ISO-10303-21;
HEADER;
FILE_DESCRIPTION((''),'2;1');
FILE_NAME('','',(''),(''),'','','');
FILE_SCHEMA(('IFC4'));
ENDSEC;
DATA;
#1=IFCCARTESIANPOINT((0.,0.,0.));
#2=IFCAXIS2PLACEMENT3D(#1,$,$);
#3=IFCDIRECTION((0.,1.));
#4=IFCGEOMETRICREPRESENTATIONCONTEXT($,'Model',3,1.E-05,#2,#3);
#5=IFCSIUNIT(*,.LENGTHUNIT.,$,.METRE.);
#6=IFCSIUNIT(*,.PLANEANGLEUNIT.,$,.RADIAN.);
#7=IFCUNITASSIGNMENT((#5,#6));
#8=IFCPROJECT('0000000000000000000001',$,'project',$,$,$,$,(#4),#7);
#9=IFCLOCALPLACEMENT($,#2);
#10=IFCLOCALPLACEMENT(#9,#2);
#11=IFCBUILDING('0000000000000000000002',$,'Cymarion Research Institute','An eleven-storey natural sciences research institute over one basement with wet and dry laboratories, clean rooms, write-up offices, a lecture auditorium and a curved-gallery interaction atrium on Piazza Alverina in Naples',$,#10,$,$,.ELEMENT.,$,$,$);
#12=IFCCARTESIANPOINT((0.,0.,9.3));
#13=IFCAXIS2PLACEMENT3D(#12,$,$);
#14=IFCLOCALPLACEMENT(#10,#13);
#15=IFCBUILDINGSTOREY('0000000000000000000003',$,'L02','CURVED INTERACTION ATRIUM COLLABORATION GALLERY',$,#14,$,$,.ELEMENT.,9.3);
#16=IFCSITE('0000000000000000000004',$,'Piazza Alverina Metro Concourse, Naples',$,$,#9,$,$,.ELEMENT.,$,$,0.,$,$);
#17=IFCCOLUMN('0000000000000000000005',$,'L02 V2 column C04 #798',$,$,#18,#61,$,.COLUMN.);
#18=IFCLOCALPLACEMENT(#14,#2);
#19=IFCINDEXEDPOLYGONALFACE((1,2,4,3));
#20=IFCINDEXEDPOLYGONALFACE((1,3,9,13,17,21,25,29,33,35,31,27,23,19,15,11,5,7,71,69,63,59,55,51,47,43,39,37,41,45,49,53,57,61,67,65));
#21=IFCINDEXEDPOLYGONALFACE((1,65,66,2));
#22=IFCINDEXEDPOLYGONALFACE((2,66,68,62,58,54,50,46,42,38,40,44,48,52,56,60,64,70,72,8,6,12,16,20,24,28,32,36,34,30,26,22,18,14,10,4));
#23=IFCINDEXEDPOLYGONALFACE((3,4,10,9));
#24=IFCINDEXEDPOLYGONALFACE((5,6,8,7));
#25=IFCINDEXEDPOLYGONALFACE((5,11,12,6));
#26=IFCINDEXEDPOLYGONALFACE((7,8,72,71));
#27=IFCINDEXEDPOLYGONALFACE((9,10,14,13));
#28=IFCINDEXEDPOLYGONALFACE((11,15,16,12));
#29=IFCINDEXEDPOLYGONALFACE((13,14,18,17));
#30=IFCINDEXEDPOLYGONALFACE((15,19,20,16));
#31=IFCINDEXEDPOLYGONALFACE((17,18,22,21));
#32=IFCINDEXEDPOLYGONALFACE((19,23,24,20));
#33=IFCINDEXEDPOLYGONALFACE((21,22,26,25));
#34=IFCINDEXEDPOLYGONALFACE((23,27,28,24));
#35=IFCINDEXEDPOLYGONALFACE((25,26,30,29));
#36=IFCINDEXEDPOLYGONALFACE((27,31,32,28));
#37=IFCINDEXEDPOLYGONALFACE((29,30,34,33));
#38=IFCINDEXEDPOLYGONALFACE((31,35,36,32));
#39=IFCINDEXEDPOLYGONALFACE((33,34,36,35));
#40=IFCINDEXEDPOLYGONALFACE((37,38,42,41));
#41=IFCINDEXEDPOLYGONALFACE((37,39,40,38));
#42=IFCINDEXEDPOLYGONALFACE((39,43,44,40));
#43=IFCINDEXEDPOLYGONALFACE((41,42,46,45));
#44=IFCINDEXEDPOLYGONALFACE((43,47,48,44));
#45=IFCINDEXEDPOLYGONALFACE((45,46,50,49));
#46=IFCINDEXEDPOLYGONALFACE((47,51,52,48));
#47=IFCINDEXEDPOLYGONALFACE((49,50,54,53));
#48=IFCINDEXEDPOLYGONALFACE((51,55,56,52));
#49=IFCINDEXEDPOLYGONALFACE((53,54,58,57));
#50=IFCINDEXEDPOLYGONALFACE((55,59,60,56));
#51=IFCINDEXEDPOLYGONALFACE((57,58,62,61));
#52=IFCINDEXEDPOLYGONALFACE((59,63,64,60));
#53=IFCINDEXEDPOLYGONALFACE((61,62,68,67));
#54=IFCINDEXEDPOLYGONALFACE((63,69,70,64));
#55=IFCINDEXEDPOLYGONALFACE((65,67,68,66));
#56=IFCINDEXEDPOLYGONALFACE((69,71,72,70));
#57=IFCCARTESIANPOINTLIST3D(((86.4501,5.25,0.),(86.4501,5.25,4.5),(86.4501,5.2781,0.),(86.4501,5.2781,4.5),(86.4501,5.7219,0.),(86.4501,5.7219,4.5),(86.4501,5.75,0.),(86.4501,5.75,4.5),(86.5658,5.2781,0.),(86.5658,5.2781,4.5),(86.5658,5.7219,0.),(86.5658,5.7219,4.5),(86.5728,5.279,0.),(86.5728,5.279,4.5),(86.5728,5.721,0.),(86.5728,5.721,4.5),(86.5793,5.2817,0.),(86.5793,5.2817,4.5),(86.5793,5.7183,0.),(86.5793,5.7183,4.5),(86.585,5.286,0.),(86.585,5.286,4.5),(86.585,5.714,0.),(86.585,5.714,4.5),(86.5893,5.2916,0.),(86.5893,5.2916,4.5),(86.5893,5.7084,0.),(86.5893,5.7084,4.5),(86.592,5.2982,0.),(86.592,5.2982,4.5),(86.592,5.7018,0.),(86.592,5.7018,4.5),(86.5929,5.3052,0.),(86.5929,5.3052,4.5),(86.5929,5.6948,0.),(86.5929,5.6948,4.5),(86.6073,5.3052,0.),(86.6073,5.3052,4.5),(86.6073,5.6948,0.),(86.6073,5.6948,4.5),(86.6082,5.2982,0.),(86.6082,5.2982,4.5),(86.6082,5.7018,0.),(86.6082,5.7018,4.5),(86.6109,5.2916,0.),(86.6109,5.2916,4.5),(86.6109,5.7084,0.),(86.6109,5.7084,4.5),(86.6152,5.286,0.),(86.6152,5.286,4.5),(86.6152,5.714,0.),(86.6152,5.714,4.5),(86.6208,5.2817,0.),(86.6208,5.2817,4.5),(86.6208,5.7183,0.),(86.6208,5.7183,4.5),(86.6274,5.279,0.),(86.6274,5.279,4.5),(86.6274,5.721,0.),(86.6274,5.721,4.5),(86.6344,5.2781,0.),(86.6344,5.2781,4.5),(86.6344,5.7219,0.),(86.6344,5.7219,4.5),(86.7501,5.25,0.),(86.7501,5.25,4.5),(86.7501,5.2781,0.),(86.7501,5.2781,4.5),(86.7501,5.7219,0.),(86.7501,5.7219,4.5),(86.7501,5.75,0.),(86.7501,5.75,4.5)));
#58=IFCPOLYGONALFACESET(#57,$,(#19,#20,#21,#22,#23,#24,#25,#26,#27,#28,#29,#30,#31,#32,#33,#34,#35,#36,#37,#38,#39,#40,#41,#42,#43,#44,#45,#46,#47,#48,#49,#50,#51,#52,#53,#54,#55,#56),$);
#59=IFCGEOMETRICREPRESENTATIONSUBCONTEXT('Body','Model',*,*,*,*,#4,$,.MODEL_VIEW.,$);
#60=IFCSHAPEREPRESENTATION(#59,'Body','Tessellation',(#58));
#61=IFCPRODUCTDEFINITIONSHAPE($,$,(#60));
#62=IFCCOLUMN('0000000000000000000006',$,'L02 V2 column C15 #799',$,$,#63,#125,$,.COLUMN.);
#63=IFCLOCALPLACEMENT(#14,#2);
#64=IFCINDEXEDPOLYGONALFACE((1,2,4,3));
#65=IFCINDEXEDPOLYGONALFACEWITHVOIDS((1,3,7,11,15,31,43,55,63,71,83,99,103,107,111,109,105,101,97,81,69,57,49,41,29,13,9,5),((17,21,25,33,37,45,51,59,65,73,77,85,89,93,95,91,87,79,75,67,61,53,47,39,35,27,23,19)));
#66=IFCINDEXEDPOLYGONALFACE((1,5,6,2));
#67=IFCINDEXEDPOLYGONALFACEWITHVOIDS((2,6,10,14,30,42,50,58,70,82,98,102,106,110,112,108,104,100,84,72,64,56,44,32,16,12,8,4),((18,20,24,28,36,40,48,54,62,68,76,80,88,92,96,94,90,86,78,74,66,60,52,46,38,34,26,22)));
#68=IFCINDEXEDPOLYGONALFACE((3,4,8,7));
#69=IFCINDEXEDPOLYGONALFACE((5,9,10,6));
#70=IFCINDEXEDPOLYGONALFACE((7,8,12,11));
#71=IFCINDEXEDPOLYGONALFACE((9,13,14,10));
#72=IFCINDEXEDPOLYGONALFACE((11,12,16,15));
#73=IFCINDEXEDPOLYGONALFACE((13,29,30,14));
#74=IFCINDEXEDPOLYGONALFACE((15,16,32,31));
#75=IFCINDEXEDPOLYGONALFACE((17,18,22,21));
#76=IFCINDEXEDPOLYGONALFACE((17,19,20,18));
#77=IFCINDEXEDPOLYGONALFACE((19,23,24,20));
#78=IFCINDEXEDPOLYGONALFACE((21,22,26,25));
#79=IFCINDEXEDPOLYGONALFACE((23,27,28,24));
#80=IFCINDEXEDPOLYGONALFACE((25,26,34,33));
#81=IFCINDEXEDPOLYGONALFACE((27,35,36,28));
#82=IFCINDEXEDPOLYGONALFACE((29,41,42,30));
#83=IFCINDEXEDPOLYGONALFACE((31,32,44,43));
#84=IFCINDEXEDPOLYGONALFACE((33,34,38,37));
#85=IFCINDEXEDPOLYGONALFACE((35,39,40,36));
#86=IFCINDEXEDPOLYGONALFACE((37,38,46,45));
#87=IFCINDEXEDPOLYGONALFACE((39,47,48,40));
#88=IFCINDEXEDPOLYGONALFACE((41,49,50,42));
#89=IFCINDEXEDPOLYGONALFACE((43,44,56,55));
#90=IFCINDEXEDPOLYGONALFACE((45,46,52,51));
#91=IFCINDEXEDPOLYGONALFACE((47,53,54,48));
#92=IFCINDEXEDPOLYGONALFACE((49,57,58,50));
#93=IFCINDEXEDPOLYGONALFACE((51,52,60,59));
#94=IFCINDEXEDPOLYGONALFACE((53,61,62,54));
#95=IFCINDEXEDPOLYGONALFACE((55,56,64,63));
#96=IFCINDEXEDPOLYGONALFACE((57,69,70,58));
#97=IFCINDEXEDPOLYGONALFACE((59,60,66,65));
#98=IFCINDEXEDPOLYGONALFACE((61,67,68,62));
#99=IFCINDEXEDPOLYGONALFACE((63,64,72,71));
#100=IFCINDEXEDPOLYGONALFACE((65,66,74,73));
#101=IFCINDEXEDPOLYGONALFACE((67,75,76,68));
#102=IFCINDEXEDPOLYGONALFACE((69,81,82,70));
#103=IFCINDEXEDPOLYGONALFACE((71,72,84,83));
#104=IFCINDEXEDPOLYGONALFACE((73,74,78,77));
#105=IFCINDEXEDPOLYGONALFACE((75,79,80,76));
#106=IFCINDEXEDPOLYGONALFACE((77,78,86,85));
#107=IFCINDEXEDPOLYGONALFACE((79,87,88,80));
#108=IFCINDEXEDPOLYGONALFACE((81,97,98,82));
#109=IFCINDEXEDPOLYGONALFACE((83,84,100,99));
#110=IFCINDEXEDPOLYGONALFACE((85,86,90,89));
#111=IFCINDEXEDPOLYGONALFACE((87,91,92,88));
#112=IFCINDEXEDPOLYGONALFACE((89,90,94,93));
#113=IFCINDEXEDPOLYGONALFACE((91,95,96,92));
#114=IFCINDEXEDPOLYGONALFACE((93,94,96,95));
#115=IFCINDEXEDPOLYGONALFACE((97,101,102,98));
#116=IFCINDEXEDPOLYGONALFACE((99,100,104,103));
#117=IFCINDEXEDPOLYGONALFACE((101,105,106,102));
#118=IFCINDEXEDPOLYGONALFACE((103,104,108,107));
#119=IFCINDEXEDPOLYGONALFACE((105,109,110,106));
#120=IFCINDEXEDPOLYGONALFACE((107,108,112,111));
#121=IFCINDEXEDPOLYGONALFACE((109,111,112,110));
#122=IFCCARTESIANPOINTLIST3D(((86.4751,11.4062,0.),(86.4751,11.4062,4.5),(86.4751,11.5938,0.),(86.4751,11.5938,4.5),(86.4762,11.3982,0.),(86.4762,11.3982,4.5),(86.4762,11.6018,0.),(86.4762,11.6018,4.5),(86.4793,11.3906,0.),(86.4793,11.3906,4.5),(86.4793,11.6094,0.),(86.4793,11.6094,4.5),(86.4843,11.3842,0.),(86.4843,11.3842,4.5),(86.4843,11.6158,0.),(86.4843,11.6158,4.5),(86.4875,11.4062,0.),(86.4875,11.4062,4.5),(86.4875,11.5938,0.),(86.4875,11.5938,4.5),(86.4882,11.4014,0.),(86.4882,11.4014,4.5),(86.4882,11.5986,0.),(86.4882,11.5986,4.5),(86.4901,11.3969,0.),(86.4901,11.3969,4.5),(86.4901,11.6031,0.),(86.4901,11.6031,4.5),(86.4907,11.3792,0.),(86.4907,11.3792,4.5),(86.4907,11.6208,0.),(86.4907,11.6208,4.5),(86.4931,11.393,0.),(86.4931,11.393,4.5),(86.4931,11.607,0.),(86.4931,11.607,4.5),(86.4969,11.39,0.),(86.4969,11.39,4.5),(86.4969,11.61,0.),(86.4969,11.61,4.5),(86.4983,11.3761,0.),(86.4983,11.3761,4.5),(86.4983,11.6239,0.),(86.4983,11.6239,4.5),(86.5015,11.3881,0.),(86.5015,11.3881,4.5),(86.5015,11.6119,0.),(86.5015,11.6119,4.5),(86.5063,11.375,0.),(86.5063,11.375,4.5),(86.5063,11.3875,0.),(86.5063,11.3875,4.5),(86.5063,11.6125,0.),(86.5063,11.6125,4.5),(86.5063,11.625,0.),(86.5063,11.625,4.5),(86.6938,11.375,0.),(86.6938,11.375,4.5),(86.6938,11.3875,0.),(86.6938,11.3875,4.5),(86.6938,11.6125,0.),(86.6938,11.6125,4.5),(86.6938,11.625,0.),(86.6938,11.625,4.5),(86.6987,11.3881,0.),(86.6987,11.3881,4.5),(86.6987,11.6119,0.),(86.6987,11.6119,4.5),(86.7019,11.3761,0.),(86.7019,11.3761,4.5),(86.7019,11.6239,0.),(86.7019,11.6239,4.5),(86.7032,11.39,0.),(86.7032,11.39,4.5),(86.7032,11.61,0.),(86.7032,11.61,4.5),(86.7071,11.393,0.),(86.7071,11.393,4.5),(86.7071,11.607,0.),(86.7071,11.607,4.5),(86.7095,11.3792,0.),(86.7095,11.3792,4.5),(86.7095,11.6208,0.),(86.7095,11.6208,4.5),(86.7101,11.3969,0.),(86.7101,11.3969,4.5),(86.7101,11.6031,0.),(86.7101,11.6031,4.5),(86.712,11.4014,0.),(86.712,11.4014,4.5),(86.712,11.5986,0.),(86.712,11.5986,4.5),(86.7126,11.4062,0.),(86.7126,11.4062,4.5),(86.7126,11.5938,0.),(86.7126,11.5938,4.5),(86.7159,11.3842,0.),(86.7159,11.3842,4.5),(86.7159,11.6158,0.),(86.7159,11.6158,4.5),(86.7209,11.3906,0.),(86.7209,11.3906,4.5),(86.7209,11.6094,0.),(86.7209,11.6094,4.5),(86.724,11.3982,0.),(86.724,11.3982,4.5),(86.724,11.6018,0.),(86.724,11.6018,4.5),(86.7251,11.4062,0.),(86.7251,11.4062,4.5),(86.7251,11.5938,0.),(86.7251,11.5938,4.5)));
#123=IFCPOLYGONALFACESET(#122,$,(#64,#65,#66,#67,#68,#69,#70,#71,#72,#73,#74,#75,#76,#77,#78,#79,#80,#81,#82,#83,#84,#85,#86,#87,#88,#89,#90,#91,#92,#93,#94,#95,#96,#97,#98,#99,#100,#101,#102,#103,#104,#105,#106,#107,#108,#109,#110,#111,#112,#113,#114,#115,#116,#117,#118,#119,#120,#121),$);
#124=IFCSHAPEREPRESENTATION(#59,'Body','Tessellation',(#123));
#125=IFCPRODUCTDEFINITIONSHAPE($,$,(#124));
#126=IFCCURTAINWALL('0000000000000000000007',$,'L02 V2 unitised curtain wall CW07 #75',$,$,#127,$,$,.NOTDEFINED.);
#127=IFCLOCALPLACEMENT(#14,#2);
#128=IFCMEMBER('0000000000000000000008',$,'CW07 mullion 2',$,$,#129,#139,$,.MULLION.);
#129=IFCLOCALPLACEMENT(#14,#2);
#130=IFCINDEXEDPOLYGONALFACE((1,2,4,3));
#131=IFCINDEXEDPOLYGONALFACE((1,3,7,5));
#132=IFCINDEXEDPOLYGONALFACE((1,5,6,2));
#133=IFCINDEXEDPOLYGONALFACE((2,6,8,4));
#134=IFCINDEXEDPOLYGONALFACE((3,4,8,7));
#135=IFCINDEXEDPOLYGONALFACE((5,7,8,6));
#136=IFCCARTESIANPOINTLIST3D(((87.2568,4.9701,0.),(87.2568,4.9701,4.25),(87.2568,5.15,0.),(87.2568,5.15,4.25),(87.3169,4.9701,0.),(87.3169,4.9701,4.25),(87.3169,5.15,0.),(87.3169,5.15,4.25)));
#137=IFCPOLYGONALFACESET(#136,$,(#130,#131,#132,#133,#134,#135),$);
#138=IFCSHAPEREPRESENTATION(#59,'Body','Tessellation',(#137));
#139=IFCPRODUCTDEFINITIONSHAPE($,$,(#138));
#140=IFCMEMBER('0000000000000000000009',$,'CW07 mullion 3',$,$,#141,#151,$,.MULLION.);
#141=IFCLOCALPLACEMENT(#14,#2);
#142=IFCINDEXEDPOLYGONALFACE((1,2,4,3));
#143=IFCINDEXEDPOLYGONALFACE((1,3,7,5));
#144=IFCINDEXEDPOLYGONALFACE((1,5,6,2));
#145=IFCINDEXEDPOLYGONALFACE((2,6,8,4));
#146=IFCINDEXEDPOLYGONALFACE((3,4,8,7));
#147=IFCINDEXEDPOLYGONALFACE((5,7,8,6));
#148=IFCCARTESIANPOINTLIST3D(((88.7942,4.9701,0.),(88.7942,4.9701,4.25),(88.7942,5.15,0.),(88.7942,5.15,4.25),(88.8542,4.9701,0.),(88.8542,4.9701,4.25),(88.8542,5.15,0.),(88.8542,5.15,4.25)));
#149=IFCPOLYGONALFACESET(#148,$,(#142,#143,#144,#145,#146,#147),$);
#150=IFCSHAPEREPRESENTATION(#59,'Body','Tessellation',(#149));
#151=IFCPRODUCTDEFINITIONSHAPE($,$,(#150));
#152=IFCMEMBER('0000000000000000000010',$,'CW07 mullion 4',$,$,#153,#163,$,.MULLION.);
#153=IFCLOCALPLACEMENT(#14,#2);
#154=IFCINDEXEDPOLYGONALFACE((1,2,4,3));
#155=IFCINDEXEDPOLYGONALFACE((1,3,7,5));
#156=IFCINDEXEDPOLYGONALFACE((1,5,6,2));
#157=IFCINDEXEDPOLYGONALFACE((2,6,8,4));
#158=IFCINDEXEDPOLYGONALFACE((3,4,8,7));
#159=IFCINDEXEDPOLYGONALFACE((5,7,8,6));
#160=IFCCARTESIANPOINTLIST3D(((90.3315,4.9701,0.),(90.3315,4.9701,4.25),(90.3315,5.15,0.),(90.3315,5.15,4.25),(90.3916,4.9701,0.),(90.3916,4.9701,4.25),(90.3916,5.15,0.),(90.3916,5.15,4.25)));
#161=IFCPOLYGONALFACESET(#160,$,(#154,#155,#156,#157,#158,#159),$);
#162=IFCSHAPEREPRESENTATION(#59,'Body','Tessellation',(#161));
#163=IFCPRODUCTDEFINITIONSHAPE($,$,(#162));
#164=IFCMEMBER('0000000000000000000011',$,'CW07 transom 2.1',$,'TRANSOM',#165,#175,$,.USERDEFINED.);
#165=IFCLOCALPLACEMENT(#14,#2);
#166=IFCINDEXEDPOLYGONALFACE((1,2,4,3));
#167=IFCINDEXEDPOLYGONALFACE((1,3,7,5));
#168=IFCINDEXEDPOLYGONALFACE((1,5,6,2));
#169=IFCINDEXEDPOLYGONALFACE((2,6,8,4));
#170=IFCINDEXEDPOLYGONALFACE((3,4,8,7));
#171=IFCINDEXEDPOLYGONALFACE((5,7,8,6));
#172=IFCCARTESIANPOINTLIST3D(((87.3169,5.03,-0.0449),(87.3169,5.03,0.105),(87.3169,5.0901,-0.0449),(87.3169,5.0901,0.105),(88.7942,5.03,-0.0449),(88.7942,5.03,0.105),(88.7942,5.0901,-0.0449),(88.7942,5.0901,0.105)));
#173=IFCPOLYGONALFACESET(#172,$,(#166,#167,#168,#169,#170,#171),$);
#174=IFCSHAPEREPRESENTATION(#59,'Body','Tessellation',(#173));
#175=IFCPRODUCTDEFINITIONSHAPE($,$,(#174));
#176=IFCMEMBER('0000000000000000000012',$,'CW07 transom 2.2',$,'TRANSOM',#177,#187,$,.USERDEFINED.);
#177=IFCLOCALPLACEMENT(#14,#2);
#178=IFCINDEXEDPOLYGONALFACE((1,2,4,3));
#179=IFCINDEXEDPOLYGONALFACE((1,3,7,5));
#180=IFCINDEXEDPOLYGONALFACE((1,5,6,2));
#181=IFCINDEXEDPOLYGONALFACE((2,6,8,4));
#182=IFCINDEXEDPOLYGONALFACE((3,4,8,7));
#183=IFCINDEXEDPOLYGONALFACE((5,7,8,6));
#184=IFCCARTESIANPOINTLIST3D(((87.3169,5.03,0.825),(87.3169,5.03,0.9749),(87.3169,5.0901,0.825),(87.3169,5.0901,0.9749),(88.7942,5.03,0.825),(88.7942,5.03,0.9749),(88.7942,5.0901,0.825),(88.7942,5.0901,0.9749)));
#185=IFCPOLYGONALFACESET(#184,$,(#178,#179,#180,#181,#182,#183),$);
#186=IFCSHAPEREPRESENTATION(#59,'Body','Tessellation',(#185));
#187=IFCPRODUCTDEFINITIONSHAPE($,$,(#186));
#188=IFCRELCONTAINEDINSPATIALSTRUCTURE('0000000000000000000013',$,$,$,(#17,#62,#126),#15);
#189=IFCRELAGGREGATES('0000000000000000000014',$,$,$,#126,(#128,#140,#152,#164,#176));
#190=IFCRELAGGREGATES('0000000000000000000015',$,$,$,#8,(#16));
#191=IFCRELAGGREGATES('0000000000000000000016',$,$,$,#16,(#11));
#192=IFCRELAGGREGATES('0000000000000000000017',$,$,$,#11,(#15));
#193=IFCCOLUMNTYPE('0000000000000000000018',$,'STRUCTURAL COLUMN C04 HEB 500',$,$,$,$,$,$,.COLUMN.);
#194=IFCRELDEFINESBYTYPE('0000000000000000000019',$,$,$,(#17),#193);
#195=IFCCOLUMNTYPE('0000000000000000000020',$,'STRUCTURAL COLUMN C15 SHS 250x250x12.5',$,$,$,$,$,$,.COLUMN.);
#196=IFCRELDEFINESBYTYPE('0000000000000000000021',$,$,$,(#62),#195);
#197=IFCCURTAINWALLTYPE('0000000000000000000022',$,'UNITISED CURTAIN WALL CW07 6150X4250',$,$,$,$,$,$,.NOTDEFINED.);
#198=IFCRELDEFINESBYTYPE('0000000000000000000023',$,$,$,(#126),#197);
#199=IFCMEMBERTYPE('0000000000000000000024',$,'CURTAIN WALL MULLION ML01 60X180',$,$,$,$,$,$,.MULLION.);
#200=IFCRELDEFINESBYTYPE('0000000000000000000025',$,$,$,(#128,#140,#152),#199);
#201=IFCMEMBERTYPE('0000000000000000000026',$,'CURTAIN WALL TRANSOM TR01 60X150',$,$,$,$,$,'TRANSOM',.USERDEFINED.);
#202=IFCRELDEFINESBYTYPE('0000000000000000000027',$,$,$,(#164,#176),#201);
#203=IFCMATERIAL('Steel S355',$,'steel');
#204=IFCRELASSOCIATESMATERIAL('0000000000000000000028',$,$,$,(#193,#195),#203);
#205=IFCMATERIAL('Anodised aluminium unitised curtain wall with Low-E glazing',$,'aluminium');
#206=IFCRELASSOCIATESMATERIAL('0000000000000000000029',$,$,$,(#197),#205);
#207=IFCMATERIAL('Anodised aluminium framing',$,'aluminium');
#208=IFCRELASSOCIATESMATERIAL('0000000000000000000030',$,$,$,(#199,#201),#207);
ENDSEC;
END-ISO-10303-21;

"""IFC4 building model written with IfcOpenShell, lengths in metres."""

from ifc_helpers import new_model, si_unit, direction, frame, origin, origin_2d, place, context, subcontext, project, spatial, rectangle, hollow_rectangle, i_section, extrude, material, material_profile, profile_set, type_object, element, aggregate, save


model = new_model("IFC4")

# Units and contexts
model_context = context("Model", 3, precision=1e-05, world=origin(), true_north=direction((0.0, 1.0)))
body_context = subcontext(model_context, "Body", "Model", "MODEL_VIEW")
ifc_project = project(units=[si_unit("LENGTHUNIT", "METRE"), si_unit("PLANEANGLEUNIT", "RADIAN")], contexts=[model_context])

# Site, building, storey
site_placement = place(None, origin())
site = spatial("IfcSite", under=ifc_project, at=site_placement, Name="Piazza Alverina Metro Concourse, Naples", CompositionType="ELEMENT", RefElevation=0.0)
building_placement = place(site_placement, origin())
building = spatial("IfcBuilding", under=site, at=building_placement, Name="Cymarion Research Institute", Description="An eleven-storey natural sciences research institute over one basement with wet and dry laboratories, clean rooms, write-up offices, a lecture auditorium and a curved-gallery interaction atrium on Piazza Alverina in Naples", CompositionType="ELEMENT")
storey_placement = place(building_placement, frame((0.0, 0.0, 9.3)))
storey = spatial("IfcBuildingStorey", under=building, at=storey_placement, Name="L02", Description="CURVED INTERACTION ATRIUM COLLABORATION GALLERY", CompositionType="ELEMENT", Elevation=9.3)

# Columns
ifc_material_1 = material(Name="Steel S355", Category="steel")
ifc_material_profile_1 = material_profile(ifc_material_1, i_section(OverallWidth=0.3, OverallDepth=0.5, WebThickness=0.0144, FlangeThickness=0.0281, FilletRadius=0.0271, at=origin_2d()), Name="HEB 500")
ifc_profile_set_1 = profile_set([ifc_material_profile_1], Name="Steel S355")
column_type_1 = type_object("IfcColumnType", Name="STRUCTURAL COLUMN C04 HEB 500", PredefinedType="COLUMN", material=ifc_profile_set_1)
column_1_placement = place(storey_placement, frame((86.6001, 5.5, 0.0), z_axis=(0.0, 0.0, 1.0), x_axis=(1.0, 0.0, 0.0)))
element("IfcColumn", 1, at=column_1_placement, inside=storey, type_object=column_type_1, Name="L02 V2 column C04 #798", PredefinedType="COLUMN", context=body_context, shape_type="SweptSolid", body=[
    extrude(i_section(OverallWidth=0.3, OverallDepth=0.5, WebThickness=0.0144, FlangeThickness=0.0281, FilletRadius=0.0271, at=origin_2d()), origin(), (0.0, 0.0, 1.0), 4.5),
])
ifc_material_profile_2 = material_profile(ifc_material_1, hollow_rectangle(XDim=0.25, YDim=0.25, WallThickness=0.0125, InnerFilletRadius=0.0188, OuterFilletRadius=0.0312, at=origin_2d()), Name="SHS 250x250x12.5")
ifc_profile_set_2 = profile_set([ifc_material_profile_2], Name="Steel S355")
column_type_2 = type_object("IfcColumnType", Name="STRUCTURAL COLUMN C15 SHS 250x250x12.5", PredefinedType="COLUMN", material=ifc_profile_set_2)
column_2_placement = place(storey_placement, frame((86.6001, 11.5, 0.0), z_axis=(0.0, 0.0, 1.0), x_axis=(1.0, 0.0, 0.0)))
element("IfcColumn", 2, at=column_2_placement, inside=storey, type_object=column_type_2, Name="L02 V2 column C15 #799", PredefinedType="COLUMN", context=body_context, shape_type="SweptSolid", body=[
    extrude(hollow_rectangle(XDim=0.25, YDim=0.25, WallThickness=0.0125, InnerFilletRadius=0.0188, OuterFilletRadius=0.0312, at=origin_2d()), origin(), (0.0, 0.0, 1.0), 4.5),
])

# Curtain wall, members
ifc_material_2 = material(Name="Anodised aluminium unitised curtain wall with Low-E glazing", Category="aluminium")
curtain_wall_type = type_object("IfcCurtainWallType", Name="UNITISED CURTAIN WALL CW07 6150X4250", PredefinedType="NOTDEFINED", material=ifc_material_2)
curtain_wall_placement = place(storey_placement, origin())
curtain_wall = element("IfcCurtainWall", 3, at=curtain_wall_placement, inside=storey, type_object=curtain_wall_type, Name="L02 V2 unitised curtain wall CW07 #75", PredefinedType="NOTDEFINED")
ifc_material_3 = material(Name="Anodised aluminium framing", Category="aluminium")
ifc_material_profile_3 = material_profile(ifc_material_3, rectangle(XDim=0.0601, YDim=0.1799, at=origin_2d()), Name="ALU MULLION 60x180")
ifc_profile_set_3 = profile_set([ifc_material_profile_3], Name="Anodised aluminium framing")
member_type_1 = type_object("IfcMemberType", Name="CURTAIN WALL MULLION ML01 60X180", PredefinedType="MULLION", material=ifc_profile_set_3)
member_1_placement = place(storey_placement, frame((87.2869, 5.0601, 0.0), z_axis=(0.0, 0.0, 1.0), x_axis=(1.0, 0.0, 0.0)))
member_1 = element("IfcMember", 4, at=member_1_placement, type_object=member_type_1, Name="CW07 mullion 2", PredefinedType="MULLION", context=body_context, shape_type="SweptSolid", body=[
    extrude(rectangle(XDim=0.0601, YDim=0.1799, at=origin_2d()), origin(), (0.0, 0.0, 1.0), 4.25),
])
member_2_placement = place(storey_placement, frame((88.8242, 5.0601, 0.0), z_axis=(0.0, 0.0, 1.0), x_axis=(1.0, 0.0, 0.0)))
member_2 = element("IfcMember", 5, at=member_2_placement, type_object=member_type_1, Name="CW07 mullion 3", PredefinedType="MULLION", context=body_context, shape_type="SweptSolid", body=[
    extrude(rectangle(XDim=0.0601, YDim=0.1799, at=origin_2d()), origin(), (0.0, 0.0, 1.0), 4.25),
])
member_3_placement = place(storey_placement, frame((90.3616, 5.0601, 0.0), z_axis=(0.0, 0.0, 1.0), x_axis=(1.0, 0.0, 0.0)))
member_3 = element("IfcMember", 6, at=member_3_placement, type_object=member_type_1, Name="CW07 mullion 4", PredefinedType="MULLION", context=body_context, shape_type="SweptSolid", body=[
    extrude(rectangle(XDim=0.0601, YDim=0.1799, at=origin_2d()), origin(), (0.0, 0.0, 1.0), 4.25),
])
ifc_material_profile_4 = material_profile(ifc_material_3, rectangle(XDim=0.0601, YDim=0.1499, at=origin_2d()), Name="ALU TRANSOM 60x150")
ifc_profile_set_4 = profile_set([ifc_material_profile_4], Name="Anodised aluminium framing")
member_type_2 = type_object("IfcMemberType", Name="CURTAIN WALL TRANSOM TR01 60X150", ElementType="TRANSOM", PredefinedType="USERDEFINED", material=ifc_profile_set_4)
member_4_placement = place(storey_placement, frame((87.3169, 5.0601, 0.03), z_axis=(1.0, 0.0, 0.0), x_axis=(0.0, 1.0, 0.0)))
member_4 = element("IfcMember", 7, at=member_4_placement, type_object=member_type_2, Name="CW07 transom 2.1", ObjectType="TRANSOM", PredefinedType="USERDEFINED", context=body_context, shape_type="SweptSolid", body=[
    extrude(rectangle(XDim=0.0601, YDim=0.1499, at=origin_2d()), origin(), (0.0, 0.0, 1.0), 1.4773),
])
member_5_placement = place(storey_placement, frame((87.3169, 5.0601, 0.8999), z_axis=(1.0, 0.0, 0.0), x_axis=(0.0, 1.0, 0.0)))
member_5 = element("IfcMember", 8, at=member_5_placement, type_object=member_type_2, Name="CW07 transom 2.2", ObjectType="TRANSOM", PredefinedType="USERDEFINED", context=body_context, shape_type="SweptSolid", body=[
    extrude(rectangle(XDim=0.0601, YDim=0.1499, at=origin_2d()), origin(), (0.0, 0.0, 1.0), 1.4773),
])

aggregate(curtain_wall, [member_1, member_2, member_3, member_4, member_5])

save(model, "model.ifc")
